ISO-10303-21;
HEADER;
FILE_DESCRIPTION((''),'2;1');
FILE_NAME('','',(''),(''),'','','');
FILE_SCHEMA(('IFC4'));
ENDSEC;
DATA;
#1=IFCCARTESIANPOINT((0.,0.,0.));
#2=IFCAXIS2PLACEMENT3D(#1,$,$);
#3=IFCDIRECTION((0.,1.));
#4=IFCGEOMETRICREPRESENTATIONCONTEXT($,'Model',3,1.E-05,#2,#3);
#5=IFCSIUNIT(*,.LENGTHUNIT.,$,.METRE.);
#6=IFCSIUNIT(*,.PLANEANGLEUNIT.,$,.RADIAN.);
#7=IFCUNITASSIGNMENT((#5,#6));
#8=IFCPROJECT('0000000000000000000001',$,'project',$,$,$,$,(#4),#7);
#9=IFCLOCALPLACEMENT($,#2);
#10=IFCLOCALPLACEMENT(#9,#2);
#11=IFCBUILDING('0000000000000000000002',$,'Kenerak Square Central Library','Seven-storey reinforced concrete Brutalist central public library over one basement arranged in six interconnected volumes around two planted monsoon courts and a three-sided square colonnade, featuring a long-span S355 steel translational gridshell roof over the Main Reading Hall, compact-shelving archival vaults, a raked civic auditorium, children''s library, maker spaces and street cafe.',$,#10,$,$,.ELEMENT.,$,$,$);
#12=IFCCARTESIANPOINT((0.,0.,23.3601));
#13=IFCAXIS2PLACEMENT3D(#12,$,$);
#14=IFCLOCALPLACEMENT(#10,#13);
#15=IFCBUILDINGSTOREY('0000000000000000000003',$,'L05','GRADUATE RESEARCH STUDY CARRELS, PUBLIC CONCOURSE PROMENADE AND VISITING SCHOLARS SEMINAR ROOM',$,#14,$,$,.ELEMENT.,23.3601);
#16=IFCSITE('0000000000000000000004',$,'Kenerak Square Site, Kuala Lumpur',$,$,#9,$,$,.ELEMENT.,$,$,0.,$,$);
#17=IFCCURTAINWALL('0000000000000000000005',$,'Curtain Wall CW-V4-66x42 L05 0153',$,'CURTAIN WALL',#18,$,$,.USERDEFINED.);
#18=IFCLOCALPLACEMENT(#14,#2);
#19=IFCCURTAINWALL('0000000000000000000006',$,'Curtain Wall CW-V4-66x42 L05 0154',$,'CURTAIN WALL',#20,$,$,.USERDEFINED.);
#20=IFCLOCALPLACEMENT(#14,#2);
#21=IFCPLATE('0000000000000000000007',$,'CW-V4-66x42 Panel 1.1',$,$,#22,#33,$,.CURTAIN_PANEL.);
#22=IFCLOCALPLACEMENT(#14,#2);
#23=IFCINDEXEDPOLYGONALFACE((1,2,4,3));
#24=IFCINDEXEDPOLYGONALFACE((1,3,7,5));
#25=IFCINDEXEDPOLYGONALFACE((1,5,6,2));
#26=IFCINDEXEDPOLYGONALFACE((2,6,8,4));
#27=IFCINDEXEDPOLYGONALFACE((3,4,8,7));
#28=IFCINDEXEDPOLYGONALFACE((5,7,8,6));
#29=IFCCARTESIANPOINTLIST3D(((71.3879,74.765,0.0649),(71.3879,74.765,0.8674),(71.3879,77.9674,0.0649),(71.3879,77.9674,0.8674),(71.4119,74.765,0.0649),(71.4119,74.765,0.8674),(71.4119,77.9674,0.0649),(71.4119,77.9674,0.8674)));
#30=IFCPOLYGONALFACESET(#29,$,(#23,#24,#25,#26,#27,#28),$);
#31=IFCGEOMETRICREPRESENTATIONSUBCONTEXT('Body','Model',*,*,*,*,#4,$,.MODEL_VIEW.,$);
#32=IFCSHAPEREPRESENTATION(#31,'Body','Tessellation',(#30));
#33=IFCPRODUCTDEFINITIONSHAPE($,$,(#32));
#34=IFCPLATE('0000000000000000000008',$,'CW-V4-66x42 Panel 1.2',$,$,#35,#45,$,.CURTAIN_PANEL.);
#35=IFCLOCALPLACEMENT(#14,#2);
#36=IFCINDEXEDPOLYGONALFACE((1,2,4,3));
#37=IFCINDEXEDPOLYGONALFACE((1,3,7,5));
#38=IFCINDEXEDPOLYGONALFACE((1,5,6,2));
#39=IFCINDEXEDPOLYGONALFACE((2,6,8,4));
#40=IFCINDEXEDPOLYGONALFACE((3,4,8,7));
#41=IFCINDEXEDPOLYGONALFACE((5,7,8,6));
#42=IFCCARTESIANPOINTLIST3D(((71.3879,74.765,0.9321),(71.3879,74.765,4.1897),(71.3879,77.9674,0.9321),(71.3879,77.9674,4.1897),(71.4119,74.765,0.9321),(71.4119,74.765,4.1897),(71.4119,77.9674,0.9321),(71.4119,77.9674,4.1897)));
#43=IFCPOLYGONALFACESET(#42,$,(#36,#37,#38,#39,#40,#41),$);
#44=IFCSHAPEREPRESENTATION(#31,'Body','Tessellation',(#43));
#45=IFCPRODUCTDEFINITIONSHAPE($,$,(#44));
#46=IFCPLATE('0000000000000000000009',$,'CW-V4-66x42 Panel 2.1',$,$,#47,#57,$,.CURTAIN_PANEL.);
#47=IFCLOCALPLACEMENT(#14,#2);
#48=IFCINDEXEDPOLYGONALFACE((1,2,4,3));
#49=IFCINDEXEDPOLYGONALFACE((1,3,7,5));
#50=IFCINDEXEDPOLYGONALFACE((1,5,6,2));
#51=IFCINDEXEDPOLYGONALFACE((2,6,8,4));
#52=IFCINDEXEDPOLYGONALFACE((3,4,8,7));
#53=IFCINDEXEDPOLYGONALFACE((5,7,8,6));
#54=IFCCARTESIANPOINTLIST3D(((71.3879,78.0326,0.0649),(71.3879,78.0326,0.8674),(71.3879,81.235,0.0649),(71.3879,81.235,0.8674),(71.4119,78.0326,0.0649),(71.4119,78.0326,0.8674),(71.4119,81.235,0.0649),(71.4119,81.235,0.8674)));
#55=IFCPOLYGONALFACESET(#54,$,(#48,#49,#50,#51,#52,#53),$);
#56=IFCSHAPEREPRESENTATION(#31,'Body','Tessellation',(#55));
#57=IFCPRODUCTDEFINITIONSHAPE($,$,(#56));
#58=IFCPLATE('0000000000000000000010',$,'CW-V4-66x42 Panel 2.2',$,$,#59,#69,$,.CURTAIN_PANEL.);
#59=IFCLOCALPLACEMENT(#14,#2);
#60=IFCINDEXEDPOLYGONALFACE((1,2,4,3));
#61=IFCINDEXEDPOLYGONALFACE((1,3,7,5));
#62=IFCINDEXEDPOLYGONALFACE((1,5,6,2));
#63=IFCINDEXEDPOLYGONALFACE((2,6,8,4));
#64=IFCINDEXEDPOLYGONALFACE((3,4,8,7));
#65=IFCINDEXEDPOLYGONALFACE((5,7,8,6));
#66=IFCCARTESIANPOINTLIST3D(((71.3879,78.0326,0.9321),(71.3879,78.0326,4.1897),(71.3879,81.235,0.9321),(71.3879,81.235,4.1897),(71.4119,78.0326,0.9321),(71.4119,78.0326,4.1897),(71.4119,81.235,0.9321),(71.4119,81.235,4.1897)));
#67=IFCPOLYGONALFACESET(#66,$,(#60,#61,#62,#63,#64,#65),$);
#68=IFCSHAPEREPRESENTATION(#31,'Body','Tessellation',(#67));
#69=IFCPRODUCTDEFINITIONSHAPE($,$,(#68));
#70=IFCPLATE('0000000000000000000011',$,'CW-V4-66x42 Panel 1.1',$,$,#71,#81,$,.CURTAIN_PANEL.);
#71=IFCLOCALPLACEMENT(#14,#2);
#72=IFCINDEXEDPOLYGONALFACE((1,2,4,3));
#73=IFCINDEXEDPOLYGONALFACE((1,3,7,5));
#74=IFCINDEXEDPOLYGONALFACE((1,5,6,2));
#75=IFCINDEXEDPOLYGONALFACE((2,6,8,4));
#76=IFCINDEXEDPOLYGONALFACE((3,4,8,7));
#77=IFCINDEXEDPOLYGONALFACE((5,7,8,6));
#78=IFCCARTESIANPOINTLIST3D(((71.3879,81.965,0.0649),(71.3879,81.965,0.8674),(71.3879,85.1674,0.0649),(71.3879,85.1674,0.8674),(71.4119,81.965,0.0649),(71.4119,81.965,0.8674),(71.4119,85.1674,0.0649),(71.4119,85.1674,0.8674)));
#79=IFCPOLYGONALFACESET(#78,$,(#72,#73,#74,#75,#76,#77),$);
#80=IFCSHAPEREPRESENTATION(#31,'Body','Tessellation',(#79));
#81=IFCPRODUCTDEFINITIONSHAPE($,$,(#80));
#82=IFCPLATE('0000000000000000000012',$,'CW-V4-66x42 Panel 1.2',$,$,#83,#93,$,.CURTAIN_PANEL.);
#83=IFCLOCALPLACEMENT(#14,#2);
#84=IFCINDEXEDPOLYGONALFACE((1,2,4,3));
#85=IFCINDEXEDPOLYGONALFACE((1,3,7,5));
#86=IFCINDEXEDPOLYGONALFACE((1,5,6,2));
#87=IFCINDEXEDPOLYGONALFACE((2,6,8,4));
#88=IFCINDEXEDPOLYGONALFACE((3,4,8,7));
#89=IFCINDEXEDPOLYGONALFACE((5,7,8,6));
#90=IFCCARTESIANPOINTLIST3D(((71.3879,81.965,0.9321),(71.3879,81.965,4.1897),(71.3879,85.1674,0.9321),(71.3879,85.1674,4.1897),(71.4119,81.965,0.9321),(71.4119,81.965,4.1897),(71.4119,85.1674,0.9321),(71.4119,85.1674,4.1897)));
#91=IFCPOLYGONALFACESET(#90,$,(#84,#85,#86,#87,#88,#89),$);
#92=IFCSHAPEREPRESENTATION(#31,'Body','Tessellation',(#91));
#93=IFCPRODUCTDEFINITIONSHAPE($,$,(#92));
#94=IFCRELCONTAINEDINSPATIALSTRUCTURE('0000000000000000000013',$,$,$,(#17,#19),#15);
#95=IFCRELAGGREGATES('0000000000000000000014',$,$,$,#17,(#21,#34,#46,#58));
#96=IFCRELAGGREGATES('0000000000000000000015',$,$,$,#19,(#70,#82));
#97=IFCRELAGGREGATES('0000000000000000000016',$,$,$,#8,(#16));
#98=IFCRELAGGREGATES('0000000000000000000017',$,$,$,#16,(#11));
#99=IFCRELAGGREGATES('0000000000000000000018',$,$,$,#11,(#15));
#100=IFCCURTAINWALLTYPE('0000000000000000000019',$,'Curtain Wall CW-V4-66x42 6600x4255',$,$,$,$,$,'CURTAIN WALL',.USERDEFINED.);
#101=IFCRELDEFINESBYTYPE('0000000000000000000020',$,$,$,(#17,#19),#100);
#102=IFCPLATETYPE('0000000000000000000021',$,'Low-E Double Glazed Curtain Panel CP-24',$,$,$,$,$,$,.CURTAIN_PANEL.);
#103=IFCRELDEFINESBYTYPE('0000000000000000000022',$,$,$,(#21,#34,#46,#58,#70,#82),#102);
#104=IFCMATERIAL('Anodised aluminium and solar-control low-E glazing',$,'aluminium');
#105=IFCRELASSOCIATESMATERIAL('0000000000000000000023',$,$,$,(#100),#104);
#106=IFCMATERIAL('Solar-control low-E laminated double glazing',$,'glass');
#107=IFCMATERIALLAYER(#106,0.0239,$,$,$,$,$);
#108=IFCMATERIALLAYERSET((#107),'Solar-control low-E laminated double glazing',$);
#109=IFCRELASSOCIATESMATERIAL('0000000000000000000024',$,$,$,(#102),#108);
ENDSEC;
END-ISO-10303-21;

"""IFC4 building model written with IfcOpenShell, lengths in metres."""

from ifc_helpers import new_model, si_unit, direction, frame, origin, origin_2d, place, context, subcontext, project, spatial, rectangle, extrude, material, layer, layer_set, type_object, element, aggregate, save


model = new_model("IFC4")

# Units and contexts
model_context = context("Model", 3, precision=1e-05, world=origin(), true_north=direction((0.0, 1.0)))
body_context = subcontext(model_context, "Body", "Model", "MODEL_VIEW")
ifc_project = project(units=[si_unit("LENGTHUNIT", "METRE"), si_unit("PLANEANGLEUNIT", "RADIAN")], contexts=[model_context])

# Site, building, storey
site_placement = place(None, origin())
site = spatial("IfcSite", under=ifc_project, at=site_placement, Name="Kenerak Square Site, Kuala Lumpur", CompositionType="ELEMENT", RefElevation=0.0)
building_placement = place(site_placement, origin())
building = spatial("IfcBuilding", under=site, at=building_placement, Name="Kenerak Square Central Library", Description="Seven-storey reinforced concrete Brutalist central public library over one basement arranged in six interconnected volumes around two planted monsoon courts and a three-sided square colonnade, featuring a long-span S355 steel translational gridshell roof over the Main Reading Hall, compact-shelving archival vaults, a raked civic auditorium, children's library, maker spaces and street cafe.", CompositionType="ELEMENT")
storey_placement = place(building_placement, frame((0.0, 0.0, 23.3601)))
storey = spatial("IfcBuildingStorey", under=building, at=storey_placement, Name="L05", Description="GRADUATE RESEARCH STUDY CARRELS, PUBLIC CONCOURSE PROMENADE AND VISITING SCHOLARS SEMINAR ROOM", CompositionType="ELEMENT", Elevation=23.3601)

# Curtain walls
ifc_material_1 = material(Name="Anodised aluminium and solar-control low-E glazing", Category="aluminium")
curtain_wall_type = type_object("IfcCurtainWallType", Name="Curtain Wall CW-V4-66x42 6600x4255", ElementType="CURTAIN WALL", PredefinedType="USERDEFINED", material=ifc_material_1)
curtain_wall_1_placement = place(storey_placement, origin())
curtain_wall_1 = element("IfcCurtainWall", 1, at=curtain_wall_1_placement, inside=storey, type_object=curtain_wall_type, Name="Curtain Wall CW-V4-66x42 L05 0153", ObjectType="CURTAIN WALL", PredefinedType="USERDEFINED")
curtain_wall_2_placement = place(storey_placement, origin())
curtain_wall_2 = element("IfcCurtainWall", 2, at=curtain_wall_2_placement, inside=storey, type_object=curtain_wall_type, Name="Curtain Wall CW-V4-66x42 L05 0154", ObjectType="CURTAIN WALL", PredefinedType="USERDEFINED")

# Plates
ifc_material_2 = material(Name="Solar-control low-E laminated double glazing", Category="glass")
ifc_layer = layer(ifc_material_2, 0.0239)
ifc_layer_set = layer_set([ifc_layer], Name="Solar-control low-E laminated double glazing")
plate_type = type_object("IfcPlateType", Name="Low-E Double Glazed Curtain Panel CP-24", PredefinedType="CURTAIN_PANEL", material=ifc_layer_set)
plate_1_placement = place(storey_placement, frame((71.3999, 76.3662, 0.0649), z_axis=(0.0, 0.0, 1.0), x_axis=(0.0, 1.0, 0.0)))
plate_1 = element("IfcPlate", 3, at=plate_1_placement, type_object=plate_type, Name="CW-V4-66x42 Panel 1.1", PredefinedType="CURTAIN_PANEL", context=body_context, shape_type="SweptSolid", body=[
    extrude(rectangle(XDim=3.2024, YDim=0.0239, at=origin_2d()), origin(), (0.0, 0.0, 1.0), 0.8025),
])
plate_2_placement = place(storey_placement, frame((71.3999, 76.3662, 0.9321), z_axis=(0.0, 0.0, 1.0), x_axis=(0.0, 1.0, 0.0)))
plate_2 = element("IfcPlate", 4, at=plate_2_placement, type_object=plate_type, Name="CW-V4-66x42 Panel 1.2", PredefinedType="CURTAIN_PANEL", context=body_context, shape_type="SweptSolid", body=[
    extrude(rectangle(XDim=3.2024, YDim=0.0239, at=origin_2d()), origin(), (0.0, 0.0, 1.0), 3.2576),
])
plate_3_placement = place(storey_placement, frame((71.3999, 79.6338, 0.0649), z_axis=(0.0, 0.0, 1.0), x_axis=(0.0, 1.0, 0.0)))
plate_3 = element("IfcPlate", 5, at=plate_3_placement, type_object=plate_type, Name="CW-V4-66x42 Panel 2.1", PredefinedType="CURTAIN_PANEL", context=body_context, shape_type="SweptSolid", body=[
    extrude(rectangle(XDim=3.2024, YDim=0.0239, at=origin_2d()), origin(), (0.0, 0.0, 1.0), 0.8025),
])
plate_4_placement = place(storey_placement, frame((71.3999, 79.6338, 0.9321), z_axis=(0.0, 0.0, 1.0), x_axis=(0.0, 1.0, 0.0)))
plate_4 = element("IfcPlate", 6, at=plate_4_placement, type_object=plate_type, Name="CW-V4-66x42 Panel 2.2", PredefinedType="CURTAIN_PANEL", context=body_context, shape_type="SweptSolid", body=[
    extrude(rectangle(XDim=3.2024, YDim=0.0239, at=origin_2d()), origin(), (0.0, 0.0, 1.0), 3.2576),
])
aggregate(curtain_wall_1, [plate_1, plate_2, plate_3, plate_4])
plate_5_placement = place(storey_placement, frame((71.3999, 83.5662, 0.0649), z_axis=(0.0, 0.0, 1.0), x_axis=(0.0, 1.0, 0.0)))
plate_5 = element("IfcPlate", 7, at=plate_5_placement, type_object=plate_type, Name="CW-V4-66x42 Panel 1.1", PredefinedType="CURTAIN_PANEL", context=body_context, shape_type="SweptSolid", body=[
    extrude(rectangle(XDim=3.2024, YDim=0.0239, at=origin_2d()), origin(), (0.0, 0.0, 1.0), 0.8025),
])
plate_6_placement = place(storey_placement, frame((71.3999, 83.5662, 0.9321), z_axis=(0.0, 0.0, 1.0), x_axis=(0.0, 1.0, 0.0)))
plate_6 = element("IfcPlate", 8, at=plate_6_placement, type_object=plate_type, Name="CW-V4-66x42 Panel 1.2", PredefinedType="CURTAIN_PANEL", context=body_context, shape_type="SweptSolid", body=[
    extrude(rectangle(XDim=3.2024, YDim=0.0239, at=origin_2d()), origin(), (0.0, 0.0, 1.0), 3.2576),
])
aggregate(curtain_wall_2, [plate_5, plate_6])

save(model, "model.ifc")
